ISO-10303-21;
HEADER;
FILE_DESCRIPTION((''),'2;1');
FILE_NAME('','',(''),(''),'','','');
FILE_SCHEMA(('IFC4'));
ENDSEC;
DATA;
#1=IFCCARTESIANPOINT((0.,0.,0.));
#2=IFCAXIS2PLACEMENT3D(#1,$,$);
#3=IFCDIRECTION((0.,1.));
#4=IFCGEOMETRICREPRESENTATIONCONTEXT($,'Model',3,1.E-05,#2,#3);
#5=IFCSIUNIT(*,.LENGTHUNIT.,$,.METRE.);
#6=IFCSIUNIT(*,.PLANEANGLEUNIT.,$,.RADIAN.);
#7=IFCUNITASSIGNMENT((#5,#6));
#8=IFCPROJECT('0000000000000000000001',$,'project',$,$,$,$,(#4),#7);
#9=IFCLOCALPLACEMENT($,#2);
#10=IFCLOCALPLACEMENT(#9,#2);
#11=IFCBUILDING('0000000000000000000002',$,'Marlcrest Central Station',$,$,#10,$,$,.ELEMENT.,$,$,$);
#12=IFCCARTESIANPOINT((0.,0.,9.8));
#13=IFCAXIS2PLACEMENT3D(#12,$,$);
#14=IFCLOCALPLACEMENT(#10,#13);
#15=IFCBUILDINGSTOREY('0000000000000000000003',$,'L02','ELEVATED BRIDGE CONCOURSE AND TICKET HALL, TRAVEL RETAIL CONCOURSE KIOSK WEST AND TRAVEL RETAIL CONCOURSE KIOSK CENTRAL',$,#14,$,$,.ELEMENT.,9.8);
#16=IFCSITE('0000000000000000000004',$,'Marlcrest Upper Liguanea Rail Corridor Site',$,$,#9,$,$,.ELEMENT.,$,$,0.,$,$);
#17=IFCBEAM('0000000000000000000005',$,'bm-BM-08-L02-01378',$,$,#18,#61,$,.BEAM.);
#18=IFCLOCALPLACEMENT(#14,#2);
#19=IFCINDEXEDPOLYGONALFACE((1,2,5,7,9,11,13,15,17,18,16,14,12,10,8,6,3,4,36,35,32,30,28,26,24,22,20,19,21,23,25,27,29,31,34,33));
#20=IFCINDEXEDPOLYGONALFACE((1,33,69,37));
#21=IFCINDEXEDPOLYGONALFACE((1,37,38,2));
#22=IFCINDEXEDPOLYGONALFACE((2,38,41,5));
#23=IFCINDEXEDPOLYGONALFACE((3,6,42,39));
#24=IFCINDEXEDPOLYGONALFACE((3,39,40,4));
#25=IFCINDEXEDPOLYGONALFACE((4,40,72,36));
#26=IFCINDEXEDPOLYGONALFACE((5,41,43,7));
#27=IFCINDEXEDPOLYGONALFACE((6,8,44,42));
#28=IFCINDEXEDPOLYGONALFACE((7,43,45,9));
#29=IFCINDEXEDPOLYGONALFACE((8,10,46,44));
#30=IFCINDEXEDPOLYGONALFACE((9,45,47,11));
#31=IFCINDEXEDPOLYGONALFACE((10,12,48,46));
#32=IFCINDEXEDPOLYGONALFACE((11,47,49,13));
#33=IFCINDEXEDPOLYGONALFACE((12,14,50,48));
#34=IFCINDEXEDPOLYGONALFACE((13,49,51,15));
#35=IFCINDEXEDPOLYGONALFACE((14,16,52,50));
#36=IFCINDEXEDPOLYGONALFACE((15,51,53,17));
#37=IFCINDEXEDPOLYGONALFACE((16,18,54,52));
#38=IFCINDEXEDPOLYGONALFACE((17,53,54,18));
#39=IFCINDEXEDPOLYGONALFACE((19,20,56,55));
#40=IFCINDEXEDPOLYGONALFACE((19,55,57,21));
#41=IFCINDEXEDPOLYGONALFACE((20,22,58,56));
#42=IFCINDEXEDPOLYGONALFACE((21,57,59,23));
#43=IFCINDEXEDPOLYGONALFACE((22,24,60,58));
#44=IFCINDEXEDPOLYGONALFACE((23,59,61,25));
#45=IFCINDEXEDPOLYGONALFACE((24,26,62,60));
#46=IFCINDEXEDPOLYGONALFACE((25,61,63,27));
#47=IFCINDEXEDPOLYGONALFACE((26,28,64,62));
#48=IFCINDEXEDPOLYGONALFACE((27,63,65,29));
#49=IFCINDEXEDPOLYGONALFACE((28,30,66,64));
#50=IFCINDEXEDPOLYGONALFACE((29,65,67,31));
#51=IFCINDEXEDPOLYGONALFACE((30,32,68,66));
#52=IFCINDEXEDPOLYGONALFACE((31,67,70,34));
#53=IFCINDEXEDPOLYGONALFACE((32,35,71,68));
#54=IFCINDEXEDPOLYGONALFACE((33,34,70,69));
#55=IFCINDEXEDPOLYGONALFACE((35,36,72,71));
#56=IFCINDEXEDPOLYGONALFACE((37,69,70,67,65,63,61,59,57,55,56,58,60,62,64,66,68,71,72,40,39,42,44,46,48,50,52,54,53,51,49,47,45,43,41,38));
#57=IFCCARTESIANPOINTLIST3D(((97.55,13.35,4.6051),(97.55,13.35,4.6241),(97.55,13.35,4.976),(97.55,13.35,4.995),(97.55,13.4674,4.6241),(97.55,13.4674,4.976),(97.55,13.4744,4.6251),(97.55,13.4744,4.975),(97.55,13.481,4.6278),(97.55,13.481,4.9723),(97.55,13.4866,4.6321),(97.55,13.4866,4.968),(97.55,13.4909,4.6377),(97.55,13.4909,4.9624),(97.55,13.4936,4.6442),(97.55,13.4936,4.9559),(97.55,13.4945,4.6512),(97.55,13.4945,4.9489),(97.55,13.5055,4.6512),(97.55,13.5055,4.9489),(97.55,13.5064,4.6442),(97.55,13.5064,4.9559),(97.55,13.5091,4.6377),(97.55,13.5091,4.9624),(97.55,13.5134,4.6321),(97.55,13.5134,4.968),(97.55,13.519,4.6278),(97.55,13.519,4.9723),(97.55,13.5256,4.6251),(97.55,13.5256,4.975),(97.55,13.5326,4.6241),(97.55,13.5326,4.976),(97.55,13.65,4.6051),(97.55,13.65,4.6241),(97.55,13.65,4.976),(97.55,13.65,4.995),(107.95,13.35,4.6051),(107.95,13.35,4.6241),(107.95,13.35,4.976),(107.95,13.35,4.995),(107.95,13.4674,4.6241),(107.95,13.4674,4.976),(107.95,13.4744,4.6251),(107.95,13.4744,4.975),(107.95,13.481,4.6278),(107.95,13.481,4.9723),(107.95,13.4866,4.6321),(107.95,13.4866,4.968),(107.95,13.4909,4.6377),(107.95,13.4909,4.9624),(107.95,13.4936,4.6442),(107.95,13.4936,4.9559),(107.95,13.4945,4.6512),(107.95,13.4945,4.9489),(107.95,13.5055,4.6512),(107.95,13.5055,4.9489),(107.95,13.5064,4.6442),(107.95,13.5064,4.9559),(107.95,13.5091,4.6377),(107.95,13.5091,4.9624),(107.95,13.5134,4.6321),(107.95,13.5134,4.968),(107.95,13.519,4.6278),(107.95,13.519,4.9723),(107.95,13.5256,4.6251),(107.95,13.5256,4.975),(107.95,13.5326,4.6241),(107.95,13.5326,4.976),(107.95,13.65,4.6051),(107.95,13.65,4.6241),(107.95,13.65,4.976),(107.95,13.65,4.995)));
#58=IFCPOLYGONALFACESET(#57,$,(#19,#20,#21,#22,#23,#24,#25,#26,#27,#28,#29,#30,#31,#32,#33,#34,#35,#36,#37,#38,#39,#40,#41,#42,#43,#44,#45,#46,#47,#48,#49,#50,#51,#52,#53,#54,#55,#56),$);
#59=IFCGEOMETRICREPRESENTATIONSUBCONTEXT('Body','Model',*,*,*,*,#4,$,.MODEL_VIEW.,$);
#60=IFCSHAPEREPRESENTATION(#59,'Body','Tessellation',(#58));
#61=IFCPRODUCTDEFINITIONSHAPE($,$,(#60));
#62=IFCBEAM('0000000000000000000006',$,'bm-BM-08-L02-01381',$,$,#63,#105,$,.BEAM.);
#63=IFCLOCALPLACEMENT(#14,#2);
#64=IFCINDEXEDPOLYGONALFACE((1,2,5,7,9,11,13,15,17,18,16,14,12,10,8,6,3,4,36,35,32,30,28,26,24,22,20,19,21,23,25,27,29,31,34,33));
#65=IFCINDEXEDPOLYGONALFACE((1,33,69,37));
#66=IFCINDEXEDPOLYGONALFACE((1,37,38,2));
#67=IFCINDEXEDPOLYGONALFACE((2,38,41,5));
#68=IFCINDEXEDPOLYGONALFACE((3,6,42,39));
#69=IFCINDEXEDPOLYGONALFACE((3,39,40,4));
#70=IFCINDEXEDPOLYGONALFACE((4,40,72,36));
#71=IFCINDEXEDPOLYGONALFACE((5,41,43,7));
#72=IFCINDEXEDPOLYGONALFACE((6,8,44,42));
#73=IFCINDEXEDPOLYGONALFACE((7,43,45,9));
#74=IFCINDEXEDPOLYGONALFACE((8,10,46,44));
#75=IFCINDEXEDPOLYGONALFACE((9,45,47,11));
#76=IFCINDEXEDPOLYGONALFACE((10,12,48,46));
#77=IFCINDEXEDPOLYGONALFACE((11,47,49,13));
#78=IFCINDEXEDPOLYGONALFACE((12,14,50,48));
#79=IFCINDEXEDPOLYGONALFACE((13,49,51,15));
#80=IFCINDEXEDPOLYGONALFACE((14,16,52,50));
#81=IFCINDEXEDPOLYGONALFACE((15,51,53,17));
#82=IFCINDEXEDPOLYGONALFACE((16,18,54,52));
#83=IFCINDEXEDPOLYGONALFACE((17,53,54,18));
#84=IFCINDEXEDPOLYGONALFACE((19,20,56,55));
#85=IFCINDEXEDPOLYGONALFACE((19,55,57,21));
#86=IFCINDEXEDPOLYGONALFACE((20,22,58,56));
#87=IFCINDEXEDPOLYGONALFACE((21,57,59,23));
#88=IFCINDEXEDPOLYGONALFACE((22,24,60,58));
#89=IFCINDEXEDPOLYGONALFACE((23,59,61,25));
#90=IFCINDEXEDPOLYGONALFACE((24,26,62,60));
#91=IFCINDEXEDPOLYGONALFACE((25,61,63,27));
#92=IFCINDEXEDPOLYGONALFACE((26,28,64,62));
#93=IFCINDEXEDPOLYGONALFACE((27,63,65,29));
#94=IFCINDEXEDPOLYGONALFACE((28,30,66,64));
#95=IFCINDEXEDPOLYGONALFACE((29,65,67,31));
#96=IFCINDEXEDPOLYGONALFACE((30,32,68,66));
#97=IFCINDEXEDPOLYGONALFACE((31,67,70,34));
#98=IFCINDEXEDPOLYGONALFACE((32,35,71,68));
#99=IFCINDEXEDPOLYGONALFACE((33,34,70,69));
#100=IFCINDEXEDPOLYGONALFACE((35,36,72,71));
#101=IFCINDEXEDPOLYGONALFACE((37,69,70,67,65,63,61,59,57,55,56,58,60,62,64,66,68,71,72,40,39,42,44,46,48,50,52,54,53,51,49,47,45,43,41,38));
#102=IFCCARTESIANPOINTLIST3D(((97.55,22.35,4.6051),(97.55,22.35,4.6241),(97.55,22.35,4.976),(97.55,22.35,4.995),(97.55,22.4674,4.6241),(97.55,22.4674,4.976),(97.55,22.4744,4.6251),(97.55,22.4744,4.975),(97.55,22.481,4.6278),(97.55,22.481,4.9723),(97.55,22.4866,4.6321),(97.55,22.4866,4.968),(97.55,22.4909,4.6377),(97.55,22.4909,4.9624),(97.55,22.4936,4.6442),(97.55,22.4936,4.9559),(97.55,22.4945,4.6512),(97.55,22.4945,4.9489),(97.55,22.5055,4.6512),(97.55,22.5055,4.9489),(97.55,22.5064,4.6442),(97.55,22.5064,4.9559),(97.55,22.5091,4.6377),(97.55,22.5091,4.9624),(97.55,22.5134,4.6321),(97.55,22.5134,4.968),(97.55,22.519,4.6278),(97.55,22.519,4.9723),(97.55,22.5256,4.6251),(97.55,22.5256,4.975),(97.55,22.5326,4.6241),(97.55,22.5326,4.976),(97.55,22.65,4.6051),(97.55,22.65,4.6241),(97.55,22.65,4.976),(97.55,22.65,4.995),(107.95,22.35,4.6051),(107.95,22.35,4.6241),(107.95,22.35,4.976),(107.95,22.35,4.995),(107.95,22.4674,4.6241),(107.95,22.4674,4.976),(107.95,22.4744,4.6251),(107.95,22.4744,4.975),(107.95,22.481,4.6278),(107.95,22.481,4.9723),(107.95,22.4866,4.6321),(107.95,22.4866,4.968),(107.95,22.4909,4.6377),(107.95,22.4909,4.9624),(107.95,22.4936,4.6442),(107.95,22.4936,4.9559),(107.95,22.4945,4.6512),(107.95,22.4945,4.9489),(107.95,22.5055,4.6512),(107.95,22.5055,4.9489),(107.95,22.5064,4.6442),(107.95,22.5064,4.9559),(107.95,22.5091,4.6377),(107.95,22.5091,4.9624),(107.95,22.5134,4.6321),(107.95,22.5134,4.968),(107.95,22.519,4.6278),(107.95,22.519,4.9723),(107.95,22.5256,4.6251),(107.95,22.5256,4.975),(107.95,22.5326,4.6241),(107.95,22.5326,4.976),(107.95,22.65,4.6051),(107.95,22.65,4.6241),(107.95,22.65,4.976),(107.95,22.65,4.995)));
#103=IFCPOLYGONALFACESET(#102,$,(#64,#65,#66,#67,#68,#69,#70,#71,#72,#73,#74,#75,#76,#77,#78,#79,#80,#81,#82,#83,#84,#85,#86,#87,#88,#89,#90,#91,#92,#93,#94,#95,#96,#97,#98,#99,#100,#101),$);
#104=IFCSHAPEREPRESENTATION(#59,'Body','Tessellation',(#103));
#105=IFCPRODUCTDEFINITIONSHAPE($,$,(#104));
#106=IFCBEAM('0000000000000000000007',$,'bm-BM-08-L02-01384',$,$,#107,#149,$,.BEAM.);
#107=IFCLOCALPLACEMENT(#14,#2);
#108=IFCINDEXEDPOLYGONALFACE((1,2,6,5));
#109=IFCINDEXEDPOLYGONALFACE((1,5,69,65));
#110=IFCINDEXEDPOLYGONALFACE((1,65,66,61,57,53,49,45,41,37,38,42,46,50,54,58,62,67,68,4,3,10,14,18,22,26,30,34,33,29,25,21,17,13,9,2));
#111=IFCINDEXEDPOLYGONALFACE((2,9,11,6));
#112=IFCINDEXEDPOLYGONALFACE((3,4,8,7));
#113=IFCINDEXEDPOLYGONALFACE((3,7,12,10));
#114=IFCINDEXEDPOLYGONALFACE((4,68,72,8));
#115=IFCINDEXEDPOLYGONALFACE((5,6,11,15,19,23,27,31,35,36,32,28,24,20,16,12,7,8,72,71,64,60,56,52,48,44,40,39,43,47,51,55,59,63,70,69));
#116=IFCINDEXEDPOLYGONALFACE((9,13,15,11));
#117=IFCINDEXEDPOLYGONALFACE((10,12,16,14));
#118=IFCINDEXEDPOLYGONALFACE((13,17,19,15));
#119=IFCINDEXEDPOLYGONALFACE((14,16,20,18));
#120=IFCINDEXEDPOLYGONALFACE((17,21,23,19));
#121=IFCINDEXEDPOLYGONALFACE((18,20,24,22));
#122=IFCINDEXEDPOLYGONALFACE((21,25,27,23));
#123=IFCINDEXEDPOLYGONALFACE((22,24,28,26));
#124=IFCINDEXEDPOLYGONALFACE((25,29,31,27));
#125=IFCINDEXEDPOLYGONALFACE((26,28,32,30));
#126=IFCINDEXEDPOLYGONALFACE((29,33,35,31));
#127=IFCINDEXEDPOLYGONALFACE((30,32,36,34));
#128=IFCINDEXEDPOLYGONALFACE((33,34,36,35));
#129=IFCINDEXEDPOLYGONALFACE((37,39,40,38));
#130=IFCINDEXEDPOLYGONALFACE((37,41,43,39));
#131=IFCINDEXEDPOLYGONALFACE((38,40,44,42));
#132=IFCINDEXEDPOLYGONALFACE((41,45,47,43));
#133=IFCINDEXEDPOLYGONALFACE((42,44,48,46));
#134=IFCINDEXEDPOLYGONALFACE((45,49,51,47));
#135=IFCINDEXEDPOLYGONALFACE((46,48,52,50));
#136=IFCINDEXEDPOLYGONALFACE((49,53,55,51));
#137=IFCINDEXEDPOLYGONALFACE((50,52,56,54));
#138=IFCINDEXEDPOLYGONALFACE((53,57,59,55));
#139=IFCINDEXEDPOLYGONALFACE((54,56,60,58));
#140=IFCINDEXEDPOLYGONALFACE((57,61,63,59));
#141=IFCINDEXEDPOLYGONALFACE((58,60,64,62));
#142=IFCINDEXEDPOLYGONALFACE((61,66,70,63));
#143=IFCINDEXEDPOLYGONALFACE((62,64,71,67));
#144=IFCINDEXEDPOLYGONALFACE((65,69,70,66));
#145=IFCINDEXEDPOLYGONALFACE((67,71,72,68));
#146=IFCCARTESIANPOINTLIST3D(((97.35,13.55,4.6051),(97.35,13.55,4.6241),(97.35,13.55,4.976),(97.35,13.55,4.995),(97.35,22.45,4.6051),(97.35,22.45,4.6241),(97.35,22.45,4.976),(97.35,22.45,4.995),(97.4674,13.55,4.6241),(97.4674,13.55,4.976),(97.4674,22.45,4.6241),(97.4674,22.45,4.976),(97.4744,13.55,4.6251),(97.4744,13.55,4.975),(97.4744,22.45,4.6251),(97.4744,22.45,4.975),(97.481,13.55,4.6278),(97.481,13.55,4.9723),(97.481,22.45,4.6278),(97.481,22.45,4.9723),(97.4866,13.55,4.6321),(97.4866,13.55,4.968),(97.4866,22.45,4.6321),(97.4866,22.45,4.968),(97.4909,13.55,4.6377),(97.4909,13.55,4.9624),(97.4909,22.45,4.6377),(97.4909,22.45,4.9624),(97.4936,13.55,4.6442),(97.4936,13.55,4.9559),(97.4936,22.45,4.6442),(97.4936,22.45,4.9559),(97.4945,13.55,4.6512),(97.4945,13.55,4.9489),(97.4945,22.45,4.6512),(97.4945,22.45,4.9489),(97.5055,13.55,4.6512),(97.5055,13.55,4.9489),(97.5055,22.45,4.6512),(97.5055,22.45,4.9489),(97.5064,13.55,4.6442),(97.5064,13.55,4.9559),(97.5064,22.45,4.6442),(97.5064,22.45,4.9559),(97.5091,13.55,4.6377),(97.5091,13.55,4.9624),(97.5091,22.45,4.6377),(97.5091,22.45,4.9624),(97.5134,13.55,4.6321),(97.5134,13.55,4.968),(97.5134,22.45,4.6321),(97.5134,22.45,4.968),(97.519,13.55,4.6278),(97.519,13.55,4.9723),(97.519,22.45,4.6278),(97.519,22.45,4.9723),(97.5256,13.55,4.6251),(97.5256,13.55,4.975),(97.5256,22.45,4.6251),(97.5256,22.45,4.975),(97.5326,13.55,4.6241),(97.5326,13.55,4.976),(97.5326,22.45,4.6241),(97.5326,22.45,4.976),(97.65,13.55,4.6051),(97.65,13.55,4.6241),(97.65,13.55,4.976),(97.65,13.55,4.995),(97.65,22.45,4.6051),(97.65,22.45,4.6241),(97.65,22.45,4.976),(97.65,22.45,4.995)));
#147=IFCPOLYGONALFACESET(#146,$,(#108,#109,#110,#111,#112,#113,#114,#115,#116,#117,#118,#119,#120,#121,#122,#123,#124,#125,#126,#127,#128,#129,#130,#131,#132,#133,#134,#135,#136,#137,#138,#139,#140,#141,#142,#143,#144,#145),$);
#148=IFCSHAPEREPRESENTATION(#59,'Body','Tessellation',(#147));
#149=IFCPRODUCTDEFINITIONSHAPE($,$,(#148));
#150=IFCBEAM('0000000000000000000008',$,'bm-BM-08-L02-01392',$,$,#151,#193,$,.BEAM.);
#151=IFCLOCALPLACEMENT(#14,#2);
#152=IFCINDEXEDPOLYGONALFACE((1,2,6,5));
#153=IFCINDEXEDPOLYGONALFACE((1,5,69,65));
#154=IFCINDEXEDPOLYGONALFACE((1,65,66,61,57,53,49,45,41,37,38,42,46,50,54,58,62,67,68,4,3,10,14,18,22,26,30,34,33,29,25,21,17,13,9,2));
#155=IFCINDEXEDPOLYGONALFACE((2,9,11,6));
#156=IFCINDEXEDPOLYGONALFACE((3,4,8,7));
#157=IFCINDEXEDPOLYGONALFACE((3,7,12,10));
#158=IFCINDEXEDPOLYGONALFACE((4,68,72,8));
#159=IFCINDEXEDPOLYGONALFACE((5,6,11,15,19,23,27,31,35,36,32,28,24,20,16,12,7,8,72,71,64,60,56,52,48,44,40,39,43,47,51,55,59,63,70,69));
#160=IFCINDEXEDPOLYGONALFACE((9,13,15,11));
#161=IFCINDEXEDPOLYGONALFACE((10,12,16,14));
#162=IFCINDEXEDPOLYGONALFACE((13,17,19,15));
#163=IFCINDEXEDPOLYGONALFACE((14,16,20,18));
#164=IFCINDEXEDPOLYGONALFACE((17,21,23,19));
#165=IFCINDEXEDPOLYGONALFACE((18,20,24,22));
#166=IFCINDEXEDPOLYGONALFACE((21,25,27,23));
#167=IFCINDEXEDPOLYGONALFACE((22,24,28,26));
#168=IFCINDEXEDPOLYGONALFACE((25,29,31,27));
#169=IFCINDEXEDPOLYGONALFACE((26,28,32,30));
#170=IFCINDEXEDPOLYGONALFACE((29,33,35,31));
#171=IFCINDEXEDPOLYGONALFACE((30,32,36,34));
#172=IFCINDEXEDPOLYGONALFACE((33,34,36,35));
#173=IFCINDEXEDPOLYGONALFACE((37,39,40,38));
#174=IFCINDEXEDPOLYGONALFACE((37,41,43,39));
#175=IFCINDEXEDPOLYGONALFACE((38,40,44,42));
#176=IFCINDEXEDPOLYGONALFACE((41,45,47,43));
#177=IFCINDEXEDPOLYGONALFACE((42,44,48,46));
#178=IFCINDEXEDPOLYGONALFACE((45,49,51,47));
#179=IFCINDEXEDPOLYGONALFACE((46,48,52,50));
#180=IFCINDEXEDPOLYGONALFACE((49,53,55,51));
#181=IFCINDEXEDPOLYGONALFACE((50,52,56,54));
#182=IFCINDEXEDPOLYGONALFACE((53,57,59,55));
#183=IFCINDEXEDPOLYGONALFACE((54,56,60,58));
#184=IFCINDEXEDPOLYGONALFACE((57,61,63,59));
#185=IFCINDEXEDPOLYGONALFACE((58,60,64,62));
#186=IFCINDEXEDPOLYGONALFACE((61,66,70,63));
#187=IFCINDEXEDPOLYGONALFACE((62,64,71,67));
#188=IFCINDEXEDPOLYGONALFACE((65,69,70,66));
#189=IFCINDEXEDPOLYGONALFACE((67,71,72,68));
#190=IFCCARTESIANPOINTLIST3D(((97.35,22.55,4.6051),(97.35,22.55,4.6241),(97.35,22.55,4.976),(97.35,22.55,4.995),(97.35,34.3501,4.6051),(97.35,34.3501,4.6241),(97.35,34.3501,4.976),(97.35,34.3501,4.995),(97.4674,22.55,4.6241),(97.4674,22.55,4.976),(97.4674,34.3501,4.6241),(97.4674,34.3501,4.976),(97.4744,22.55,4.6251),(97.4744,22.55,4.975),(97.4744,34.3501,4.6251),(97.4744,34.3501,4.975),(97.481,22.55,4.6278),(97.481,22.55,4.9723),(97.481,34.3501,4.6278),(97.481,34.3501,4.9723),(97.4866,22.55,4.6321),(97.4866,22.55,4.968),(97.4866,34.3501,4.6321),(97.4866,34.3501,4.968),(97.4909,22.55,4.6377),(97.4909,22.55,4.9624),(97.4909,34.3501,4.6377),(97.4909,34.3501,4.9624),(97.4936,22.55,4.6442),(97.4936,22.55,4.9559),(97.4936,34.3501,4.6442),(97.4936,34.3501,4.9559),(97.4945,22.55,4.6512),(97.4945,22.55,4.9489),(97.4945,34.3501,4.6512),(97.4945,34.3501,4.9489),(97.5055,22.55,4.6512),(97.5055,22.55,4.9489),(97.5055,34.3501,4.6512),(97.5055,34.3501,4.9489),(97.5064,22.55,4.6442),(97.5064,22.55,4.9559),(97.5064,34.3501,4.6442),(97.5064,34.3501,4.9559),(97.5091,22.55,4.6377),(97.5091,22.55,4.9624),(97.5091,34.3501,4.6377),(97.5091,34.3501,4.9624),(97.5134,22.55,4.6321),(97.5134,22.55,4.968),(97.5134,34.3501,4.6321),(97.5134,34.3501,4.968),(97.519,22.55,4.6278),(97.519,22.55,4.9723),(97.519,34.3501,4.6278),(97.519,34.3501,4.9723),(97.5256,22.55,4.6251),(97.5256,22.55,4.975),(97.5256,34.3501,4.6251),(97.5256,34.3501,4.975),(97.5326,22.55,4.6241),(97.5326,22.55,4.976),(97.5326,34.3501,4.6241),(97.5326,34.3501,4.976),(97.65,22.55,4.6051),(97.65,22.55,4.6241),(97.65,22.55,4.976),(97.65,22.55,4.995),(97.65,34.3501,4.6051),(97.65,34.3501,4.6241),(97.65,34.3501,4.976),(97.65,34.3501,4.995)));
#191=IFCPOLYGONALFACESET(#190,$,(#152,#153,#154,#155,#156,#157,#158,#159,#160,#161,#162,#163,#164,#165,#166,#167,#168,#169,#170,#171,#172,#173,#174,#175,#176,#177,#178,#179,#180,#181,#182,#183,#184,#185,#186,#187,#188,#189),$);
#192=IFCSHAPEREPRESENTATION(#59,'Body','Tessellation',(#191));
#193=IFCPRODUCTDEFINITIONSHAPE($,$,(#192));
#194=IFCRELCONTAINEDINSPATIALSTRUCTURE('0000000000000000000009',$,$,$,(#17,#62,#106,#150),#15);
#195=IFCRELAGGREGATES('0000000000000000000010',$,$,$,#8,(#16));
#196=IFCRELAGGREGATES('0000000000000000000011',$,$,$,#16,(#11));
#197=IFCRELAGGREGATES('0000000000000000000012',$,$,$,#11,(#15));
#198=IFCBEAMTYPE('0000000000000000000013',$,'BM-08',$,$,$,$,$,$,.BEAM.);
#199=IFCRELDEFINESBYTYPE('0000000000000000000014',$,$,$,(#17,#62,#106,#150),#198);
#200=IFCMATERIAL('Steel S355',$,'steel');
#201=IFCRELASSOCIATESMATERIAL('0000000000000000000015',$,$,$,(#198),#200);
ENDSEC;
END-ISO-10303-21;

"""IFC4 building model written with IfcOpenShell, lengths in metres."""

from ifc_helpers import new_model, si_unit, direction, frame, origin, origin_2d, place, context, subcontext, project, spatial, i_section, extrude, material, material_profile, profile_set, type_object, element, save


model = new_model("IFC4")

# Units and contexts
model_context = context("Model", 3, precision=1e-05, world=origin(), true_north=direction((0.0, 1.0)))
body_context = subcontext(model_context, "Body", "Model", "MODEL_VIEW")
ifc_project = project(units=[si_unit("LENGTHUNIT", "METRE"), si_unit("PLANEANGLEUNIT", "RADIAN")], contexts=[model_context])

# Site, building, storey
site_placement = place(None, origin())
site = spatial("IfcSite", under=ifc_project, at=site_placement, Name="Marlcrest Upper Liguanea Rail Corridor Site", CompositionType="ELEMENT", RefElevation=0.0)
building_placement = place(site_placement, origin())
building = spatial("IfcBuilding", under=site, at=building_placement, Name="Marlcrest Central Station", CompositionType="ELEMENT")
storey_placement = place(building_placement, frame((0.0, 0.0, 9.8)))
storey = spatial("IfcBuildingStorey", under=building, at=storey_placement, Name="L02", Description="ELEVATED BRIDGE CONCOURSE AND TICKET HALL, TRAVEL RETAIL CONCOURSE KIOSK WEST AND TRAVEL RETAIL CONCOURSE KIOSK CENTRAL", CompositionType="ELEMENT", Elevation=9.8)

# Shared definitions
ifc_material_1 = material(Name="Steel S355", Category="steel")

# Beams
ifc_material_profile_1 = material_profile(ifc_material_1, i_section(OverallWidth=0.3, OverallDepth=0.3899, WebThickness=0.011, FlangeThickness=0.019, FilletRadius=0.0271, at=origin_2d()), Name="HEA 400")
ifc_profile_set_1 = profile_set([ifc_material_profile_1], Name="Steel S355")
beam_type_1 = type_object("IfcBeamType", Name="BM-08", PredefinedType="BEAM", material=ifc_profile_set_1)
for number, where, z_axis, x_axis, name in (
    (1, (97.55, 13.5, 4.8), (1.0, 0.0, 0.0), (0.0, 1.0, 0.0), "bm-BM-08-L02-01378"),
    (2, (97.55, 22.5, 4.8), (1.0, 0.0, 0.0), (0.0, 1.0, 0.0), "bm-BM-08-L02-01381"),
):
    element("IfcBeam", number, at=place(storey_placement, frame(where, z_axis=z_axis, x_axis=x_axis)), inside=storey, type_object=beam_type_1, Name=name, PredefinedType="BEAM", context=body_context, shape_type="SweptSolid", body=[
        extrude(i_section(OverallWidth=0.3, OverallDepth=0.3899, WebThickness=0.011, FlangeThickness=0.019, FilletRadius=0.0271, at=origin_2d()), origin(), (0.0, 0.0, 1.0), 10.3999),
    ])
beam_1_placement = place(storey_placement, frame((97.5, 13.55, 4.8), z_axis=(0.0, 1.0, 0.0), x_axis=(-1.0, 0.0, 0.0)))
element("IfcBeam", 3, at=beam_1_placement, inside=storey, type_object=beam_type_1, Name="bm-BM-08-L02-01384", PredefinedType="BEAM", context=body_context, shape_type="SweptSolid", body=[
    extrude(i_section(OverallWidth=0.3, OverallDepth=0.3899, WebThickness=0.011, FlangeThickness=0.019, FilletRadius=0.0271, at=origin_2d()), origin(), (0.0, 0.0, 1.0), 8.8999),
])
beam_2_placement = place(storey_placement, frame((97.5, 22.55, 4.8), z_axis=(0.0, 1.0, 0.0), x_axis=(-1.0, 0.0, 0.0)))
element("IfcBeam", 4, at=beam_2_placement, inside=storey, type_object=beam_type_1, Name="bm-BM-08-L02-01392", PredefinedType="BEAM", context=body_context, shape_type="SweptSolid", body=[
    extrude(i_section(OverallWidth=0.3, OverallDepth=0.3899, WebThickness=0.011, FlangeThickness=0.019, FilletRadius=0.0271, at=origin_2d()), origin(), (0.0, 0.0, 1.0), 11.8),
])

save(model, "model.ifc")
